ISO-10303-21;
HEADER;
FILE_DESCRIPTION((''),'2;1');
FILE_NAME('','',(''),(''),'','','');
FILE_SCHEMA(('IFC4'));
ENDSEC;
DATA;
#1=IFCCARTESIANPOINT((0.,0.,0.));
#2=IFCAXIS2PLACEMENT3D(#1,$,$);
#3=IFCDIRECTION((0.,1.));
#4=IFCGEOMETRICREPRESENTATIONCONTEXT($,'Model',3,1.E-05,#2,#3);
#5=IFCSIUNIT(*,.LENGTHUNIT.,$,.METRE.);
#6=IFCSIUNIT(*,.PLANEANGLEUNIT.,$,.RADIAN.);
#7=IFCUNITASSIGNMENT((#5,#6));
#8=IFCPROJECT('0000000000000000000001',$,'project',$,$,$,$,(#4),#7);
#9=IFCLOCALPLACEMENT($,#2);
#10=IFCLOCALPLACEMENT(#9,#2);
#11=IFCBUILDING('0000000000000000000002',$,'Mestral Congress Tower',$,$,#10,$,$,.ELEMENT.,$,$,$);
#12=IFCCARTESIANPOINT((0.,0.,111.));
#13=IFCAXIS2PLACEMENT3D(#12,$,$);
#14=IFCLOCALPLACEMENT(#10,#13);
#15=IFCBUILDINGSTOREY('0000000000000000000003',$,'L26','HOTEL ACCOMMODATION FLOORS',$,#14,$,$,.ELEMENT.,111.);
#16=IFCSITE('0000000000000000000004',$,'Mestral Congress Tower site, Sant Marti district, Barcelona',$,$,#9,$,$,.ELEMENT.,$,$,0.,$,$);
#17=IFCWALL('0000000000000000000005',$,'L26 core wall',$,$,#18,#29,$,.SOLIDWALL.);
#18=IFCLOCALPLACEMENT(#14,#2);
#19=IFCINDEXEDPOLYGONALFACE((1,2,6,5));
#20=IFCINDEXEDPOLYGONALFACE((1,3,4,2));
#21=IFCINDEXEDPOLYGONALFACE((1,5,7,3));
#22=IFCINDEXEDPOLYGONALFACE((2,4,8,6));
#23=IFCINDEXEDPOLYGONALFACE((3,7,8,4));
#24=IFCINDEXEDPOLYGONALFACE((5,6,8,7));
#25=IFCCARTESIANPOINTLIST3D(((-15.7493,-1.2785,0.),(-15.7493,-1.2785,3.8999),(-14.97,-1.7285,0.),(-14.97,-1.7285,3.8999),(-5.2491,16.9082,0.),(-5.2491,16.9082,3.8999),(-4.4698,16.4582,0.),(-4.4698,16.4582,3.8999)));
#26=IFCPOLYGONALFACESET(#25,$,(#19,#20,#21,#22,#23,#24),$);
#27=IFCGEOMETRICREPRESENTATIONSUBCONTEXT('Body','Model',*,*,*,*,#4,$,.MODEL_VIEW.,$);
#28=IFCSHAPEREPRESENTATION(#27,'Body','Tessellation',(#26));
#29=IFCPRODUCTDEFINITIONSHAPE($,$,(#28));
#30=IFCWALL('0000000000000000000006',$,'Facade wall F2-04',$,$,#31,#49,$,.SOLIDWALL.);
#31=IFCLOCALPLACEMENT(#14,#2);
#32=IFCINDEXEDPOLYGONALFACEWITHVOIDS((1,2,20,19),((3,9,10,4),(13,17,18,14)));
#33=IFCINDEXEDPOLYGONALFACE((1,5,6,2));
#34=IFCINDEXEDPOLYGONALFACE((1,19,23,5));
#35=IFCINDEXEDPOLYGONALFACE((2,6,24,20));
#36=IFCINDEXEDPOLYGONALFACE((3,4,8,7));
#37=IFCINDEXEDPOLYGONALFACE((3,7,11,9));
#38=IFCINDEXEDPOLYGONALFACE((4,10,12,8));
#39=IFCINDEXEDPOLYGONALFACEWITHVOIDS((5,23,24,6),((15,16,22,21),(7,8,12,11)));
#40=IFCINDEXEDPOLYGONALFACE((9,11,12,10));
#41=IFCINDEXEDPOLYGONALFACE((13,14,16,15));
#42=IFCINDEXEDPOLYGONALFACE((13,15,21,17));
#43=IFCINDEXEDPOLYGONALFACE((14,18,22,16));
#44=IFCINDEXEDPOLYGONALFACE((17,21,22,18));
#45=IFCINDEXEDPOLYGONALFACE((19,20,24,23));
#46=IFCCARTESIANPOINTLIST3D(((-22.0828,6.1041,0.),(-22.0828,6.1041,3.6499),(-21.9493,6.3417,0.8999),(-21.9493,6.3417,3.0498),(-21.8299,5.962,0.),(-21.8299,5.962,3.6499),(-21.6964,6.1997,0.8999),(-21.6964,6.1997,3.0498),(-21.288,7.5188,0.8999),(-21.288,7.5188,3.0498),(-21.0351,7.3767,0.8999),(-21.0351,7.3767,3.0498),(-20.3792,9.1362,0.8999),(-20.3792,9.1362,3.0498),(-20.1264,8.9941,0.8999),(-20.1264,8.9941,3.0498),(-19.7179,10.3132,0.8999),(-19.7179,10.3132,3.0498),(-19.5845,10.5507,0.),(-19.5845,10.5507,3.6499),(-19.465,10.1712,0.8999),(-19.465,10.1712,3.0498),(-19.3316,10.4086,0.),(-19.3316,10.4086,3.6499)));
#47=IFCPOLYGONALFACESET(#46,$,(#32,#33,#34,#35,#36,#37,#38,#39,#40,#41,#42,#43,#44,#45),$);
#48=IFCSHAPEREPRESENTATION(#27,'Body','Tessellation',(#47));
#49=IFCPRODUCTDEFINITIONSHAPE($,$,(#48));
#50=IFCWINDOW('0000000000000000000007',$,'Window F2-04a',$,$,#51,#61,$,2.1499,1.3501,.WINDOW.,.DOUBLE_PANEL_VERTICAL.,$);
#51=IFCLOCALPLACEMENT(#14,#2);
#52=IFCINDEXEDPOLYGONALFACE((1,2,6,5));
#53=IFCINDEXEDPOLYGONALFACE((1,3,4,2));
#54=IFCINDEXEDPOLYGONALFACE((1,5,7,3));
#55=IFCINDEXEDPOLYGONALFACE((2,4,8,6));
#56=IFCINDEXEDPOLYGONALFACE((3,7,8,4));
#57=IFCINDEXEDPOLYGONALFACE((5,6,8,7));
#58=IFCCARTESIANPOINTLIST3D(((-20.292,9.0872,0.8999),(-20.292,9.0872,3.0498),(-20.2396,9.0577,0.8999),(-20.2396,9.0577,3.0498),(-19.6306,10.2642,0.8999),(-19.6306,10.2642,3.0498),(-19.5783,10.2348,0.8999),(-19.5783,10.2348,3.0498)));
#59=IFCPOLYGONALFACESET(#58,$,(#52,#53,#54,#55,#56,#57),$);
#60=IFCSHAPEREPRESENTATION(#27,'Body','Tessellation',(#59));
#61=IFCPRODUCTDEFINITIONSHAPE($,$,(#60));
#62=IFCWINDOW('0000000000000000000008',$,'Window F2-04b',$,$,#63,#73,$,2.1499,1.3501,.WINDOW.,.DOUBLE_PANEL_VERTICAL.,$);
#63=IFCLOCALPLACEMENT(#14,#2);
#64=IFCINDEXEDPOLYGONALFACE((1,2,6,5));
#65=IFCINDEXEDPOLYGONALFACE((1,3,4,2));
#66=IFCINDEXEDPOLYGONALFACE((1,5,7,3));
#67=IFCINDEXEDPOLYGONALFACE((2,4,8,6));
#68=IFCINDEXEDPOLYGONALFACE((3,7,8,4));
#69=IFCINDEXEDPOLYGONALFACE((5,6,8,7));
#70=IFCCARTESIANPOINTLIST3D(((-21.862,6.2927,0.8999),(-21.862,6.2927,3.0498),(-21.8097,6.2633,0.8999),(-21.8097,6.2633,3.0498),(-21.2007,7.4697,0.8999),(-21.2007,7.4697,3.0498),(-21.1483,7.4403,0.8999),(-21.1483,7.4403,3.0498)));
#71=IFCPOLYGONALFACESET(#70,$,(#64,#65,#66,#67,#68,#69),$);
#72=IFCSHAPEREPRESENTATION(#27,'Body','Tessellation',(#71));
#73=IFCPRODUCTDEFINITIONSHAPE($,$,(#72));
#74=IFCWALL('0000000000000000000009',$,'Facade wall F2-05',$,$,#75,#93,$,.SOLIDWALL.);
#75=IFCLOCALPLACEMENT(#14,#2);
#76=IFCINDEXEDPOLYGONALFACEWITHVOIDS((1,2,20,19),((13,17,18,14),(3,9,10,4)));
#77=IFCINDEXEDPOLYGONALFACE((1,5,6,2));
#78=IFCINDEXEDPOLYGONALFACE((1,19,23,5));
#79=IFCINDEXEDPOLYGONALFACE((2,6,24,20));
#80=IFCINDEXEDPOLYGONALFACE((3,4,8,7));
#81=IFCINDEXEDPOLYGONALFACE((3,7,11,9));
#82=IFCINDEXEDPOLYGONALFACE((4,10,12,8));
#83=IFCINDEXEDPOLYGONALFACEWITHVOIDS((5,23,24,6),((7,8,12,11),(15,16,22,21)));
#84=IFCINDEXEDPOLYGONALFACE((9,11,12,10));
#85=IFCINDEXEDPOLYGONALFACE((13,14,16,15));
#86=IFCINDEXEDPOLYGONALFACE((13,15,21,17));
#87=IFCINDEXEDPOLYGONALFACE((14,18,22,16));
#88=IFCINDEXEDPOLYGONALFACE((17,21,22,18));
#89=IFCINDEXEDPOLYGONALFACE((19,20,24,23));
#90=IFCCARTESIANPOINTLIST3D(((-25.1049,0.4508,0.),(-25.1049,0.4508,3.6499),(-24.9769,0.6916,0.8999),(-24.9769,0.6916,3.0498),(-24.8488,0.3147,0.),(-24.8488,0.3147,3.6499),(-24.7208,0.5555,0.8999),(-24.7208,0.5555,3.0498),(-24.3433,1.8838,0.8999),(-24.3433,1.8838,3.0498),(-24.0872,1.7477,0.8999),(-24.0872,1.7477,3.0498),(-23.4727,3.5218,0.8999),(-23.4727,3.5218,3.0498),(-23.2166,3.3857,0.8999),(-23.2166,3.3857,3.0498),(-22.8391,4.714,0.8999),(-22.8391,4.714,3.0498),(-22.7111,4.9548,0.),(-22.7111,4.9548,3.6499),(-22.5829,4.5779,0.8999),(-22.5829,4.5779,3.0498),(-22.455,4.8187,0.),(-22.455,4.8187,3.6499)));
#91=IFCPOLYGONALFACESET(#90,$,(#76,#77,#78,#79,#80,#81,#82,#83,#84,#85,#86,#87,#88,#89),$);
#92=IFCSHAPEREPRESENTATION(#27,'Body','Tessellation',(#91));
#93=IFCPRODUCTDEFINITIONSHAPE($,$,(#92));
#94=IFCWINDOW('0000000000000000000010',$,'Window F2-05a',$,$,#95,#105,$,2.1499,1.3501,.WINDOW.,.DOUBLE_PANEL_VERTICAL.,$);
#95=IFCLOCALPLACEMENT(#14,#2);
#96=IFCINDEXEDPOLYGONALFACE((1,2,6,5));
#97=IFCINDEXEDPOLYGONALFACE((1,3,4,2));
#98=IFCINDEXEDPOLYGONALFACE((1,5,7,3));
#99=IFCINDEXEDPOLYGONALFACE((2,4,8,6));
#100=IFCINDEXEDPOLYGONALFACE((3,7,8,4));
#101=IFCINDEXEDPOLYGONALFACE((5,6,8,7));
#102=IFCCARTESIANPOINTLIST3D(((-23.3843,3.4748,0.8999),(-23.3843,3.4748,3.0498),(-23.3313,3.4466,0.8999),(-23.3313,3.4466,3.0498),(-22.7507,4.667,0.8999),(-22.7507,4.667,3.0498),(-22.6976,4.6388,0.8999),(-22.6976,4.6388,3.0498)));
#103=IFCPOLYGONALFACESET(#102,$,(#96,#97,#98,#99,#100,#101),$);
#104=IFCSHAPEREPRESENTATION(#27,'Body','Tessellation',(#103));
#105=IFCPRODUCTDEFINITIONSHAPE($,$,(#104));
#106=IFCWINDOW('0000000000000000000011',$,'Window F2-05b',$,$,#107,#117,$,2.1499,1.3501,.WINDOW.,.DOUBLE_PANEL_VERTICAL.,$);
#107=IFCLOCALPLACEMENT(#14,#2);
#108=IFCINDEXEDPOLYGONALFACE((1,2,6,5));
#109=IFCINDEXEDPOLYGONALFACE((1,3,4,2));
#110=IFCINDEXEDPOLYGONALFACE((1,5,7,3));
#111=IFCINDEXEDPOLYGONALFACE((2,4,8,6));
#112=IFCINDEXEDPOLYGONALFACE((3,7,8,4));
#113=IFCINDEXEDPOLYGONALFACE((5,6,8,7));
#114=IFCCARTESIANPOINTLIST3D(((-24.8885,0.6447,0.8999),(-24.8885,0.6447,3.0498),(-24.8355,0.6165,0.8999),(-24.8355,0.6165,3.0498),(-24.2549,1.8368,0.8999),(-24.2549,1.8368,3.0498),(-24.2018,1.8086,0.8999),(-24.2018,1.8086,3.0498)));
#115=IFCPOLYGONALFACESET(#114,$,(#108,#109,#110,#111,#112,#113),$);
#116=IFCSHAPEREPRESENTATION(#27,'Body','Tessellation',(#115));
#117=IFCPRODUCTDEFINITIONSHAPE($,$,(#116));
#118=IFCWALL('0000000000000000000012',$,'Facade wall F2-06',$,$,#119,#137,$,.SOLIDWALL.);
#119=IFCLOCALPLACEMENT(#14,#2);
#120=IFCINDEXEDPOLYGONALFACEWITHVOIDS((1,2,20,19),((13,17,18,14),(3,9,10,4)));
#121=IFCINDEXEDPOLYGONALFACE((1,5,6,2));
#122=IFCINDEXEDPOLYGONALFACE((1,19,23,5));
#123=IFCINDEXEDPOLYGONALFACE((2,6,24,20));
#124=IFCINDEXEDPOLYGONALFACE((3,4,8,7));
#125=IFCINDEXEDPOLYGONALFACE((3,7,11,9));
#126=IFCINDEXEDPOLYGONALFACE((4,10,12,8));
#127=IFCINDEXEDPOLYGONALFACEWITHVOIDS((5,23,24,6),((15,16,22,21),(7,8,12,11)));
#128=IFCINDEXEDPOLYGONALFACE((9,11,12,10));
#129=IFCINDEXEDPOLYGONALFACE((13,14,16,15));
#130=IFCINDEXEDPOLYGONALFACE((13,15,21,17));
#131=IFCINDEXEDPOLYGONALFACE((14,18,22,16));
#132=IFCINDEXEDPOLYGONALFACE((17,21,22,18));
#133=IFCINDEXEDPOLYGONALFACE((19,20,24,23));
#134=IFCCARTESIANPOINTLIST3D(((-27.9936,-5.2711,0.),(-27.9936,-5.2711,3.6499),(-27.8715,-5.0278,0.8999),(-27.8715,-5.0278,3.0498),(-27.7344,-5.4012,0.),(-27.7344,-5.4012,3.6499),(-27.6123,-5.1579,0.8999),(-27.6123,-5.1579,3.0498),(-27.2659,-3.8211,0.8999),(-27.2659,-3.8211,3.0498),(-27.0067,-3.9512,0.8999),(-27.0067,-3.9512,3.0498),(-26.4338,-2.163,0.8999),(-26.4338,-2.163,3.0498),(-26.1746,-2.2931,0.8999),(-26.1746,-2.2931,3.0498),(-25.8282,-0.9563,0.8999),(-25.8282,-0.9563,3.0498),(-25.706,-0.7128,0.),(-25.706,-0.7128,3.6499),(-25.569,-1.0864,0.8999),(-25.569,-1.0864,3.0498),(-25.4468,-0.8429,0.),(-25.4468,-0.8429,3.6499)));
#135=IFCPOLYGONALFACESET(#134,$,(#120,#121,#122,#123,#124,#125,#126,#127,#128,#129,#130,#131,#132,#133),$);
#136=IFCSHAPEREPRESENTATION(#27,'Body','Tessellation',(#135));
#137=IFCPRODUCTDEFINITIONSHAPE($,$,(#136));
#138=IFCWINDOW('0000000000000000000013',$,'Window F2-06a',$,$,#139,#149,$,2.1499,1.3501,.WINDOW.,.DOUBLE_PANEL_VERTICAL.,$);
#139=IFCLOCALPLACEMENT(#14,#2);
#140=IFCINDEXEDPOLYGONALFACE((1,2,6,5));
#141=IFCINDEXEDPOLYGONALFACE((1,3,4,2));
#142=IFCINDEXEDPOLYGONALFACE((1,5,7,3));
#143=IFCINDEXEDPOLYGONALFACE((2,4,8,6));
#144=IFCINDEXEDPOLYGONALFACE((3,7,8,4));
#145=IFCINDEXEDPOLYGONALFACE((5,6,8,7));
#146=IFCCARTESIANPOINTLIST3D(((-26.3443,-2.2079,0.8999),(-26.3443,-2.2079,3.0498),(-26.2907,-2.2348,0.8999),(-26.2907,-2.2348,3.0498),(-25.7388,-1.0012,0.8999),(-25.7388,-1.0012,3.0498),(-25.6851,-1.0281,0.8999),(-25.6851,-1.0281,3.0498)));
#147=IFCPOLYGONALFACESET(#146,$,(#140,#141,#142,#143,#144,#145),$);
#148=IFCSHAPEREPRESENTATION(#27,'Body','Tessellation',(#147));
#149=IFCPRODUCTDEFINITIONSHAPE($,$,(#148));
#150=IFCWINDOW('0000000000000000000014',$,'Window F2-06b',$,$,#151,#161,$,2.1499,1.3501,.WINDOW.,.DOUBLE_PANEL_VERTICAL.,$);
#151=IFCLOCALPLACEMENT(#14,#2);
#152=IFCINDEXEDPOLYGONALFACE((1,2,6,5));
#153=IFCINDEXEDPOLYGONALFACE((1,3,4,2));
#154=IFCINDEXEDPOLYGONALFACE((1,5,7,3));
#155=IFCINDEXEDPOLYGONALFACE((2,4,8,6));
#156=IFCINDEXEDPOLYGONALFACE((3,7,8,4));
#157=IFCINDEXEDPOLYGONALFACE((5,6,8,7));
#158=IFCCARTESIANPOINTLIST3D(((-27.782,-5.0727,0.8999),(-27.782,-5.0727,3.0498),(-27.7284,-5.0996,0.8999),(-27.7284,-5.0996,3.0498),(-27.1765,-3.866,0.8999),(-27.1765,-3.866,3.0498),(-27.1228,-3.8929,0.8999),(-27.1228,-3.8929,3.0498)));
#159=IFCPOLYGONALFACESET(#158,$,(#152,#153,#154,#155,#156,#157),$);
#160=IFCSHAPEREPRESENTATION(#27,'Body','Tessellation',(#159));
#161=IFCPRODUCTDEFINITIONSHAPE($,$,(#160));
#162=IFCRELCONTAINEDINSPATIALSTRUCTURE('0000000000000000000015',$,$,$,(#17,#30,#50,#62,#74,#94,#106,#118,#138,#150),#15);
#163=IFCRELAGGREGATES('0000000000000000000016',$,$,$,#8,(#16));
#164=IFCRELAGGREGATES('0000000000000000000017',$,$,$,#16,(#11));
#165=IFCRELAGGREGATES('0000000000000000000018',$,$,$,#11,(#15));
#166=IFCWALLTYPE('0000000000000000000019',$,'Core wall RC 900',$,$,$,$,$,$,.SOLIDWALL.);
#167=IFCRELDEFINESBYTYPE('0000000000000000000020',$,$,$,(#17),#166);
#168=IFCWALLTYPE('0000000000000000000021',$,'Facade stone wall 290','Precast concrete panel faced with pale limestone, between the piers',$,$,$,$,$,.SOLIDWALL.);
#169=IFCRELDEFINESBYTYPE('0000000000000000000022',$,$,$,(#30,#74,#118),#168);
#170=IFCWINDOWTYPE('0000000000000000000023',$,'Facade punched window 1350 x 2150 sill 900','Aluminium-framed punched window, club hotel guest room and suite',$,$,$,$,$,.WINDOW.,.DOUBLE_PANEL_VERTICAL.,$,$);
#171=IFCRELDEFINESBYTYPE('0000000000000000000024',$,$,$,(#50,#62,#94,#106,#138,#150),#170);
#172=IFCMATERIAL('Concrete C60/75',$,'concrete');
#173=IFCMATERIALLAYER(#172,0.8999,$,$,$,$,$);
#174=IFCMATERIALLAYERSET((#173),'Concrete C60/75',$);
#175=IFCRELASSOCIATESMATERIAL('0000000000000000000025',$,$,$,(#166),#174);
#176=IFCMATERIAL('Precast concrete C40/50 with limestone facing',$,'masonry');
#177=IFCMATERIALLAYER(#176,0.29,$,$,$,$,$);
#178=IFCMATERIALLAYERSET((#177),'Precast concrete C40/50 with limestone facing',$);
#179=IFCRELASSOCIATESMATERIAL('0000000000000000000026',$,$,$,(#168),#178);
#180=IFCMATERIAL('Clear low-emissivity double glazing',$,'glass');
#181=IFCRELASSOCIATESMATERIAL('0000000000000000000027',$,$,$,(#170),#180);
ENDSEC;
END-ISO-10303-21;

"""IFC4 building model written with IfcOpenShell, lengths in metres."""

from ifc_helpers import new_model, si_unit, direction, frame, frame_2d, origin, place, context, subcontext, project, spatial, rectangle, extrude, material, layer, layer_set, type_object, element, fill, save


model = new_model("IFC4")

# Units and contexts
model_context = context("Model", 3, precision=1e-05, world=origin(), true_north=direction((0.0, 1.0)))
body_context = subcontext(model_context, "Body", "Model", "MODEL_VIEW")
ifc_project = project(units=[si_unit("LENGTHUNIT", "METRE"), si_unit("PLANEANGLEUNIT", "RADIAN")], contexts=[model_context])

# Site, building, storey
site_placement = place(None, origin())
site = spatial("IfcSite", under=ifc_project, at=site_placement, Name="Mestral Congress Tower site, Sant Marti district, Barcelona", CompositionType="ELEMENT", RefElevation=0.0)
building_placement = place(site_placement, origin())
building = spatial("IfcBuilding", under=site, at=building_placement, Name="Mestral Congress Tower", CompositionType="ELEMENT")
storey_placement = place(building_placement, frame((0.0, 0.0, 111.0)))
storey = spatial("IfcBuildingStorey", under=building, at=storey_placement, Name="L26", Description="HOTEL ACCOMMODATION FLOORS", CompositionType="ELEMENT", Elevation=111.0)

# Wall
ifc_material_1 = material(Name="Concrete C60/75", Category="concrete")
ifc_layer_1 = layer(ifc_material_1, 0.8999)
ifc_layer_set_1 = layer_set([ifc_layer_1], Name="Concrete C60/75")
wall_type_1 = type_object("IfcWallType", Name="Core wall RC 900", PredefinedType="SOLIDWALL", material=ifc_layer_set_1)
wall_1_placement = place(storey_placement, frame((-15.3596, -1.5034, 0.0), z_axis=(0.0, 0.0, 1.0), x_axis=(0.500004, 0.866023, 0.0)))
element("IfcWall", 1, at=wall_1_placement, inside=storey, type_object=wall_type_1, Name="L26 core wall", PredefinedType="SOLIDWALL", context=body_context, shape_type="SweptSolid", body=[
    extrude(rectangle(XDim=21.0002, YDim=0.8999, at=frame_2d((10.5, 0.0))), origin(), (0.0, 0.0, 1.0), 3.8999),
])

# Walls, openings, windows
ifc_material_2 = material(Name="Precast concrete C40/50 with limestone facing", Category="masonry")
ifc_layer_2 = layer(ifc_material_2, 0.29)
ifc_layer_set_2 = layer_set([ifc_layer_2], Name="Precast concrete C40/50 with limestone facing")
wall_type_2 = type_object("IfcWallType", Name="Facade stone wall 290", Description="Precast concrete panel faced with pale limestone, between the piers", PredefinedType="SOLIDWALL", material=ifc_layer_set_2)
wall_2_placement = place(storey_placement, frame((-19.458, 10.4797, 0.0), z_axis=(0.0, 0.0, 1.0), x_axis=(-0.489832, -0.871817, 0.0)))
wall_2 = element("IfcWall", 2, at=wall_2_placement, inside=storey, type_object=wall_type_2, Name="Facade wall F2-04", PredefinedType="SOLIDWALL", context=body_context, shape_type="SweptSolid", body=[
    extrude(rectangle(XDim=5.1003, YDim=0.29, at=frame_2d((2.5503, 0.0))), origin(), (0.0, 0.0, 1.0), 3.6499),
])
opening_1_placement = place(wall_2_placement, frame((0.2725, 0.0, 0.8999)))
opening_1 = element("IfcOpeningElement", 3, at=opening_1_placement, cuts=wall_2, PredefinedType="OPENING", context=body_context, shape_type="SweptSolid", body=[
    extrude(rectangle(XDim=1.3501, YDim=2.1499, at=frame_2d((0.675, 1.075))), frame((0.0, 0.155, 0.0), z_axis=(0.0, -1.0, 0.0), x_axis=(1.0, 0.0, 0.0)), (0.0, 0.0, 1.0), 0.3101),
])
opening_2_placement = place(wall_2_placement, frame((3.4778, 0.0, 0.8999)))
opening_2 = element("IfcOpeningElement", 4, at=opening_2_placement, cuts=wall_2, PredefinedType="OPENING", context=body_context, shape_type="SweptSolid", body=[
    extrude(rectangle(XDim=1.3501, YDim=2.1499, at=frame_2d((0.675, 1.075))), frame((0.0, 0.155, 0.0), z_axis=(0.0, -1.0, 0.0), x_axis=(1.0, 0.0, 0.0)), (0.0, 0.0, 1.0), 0.3101),
])
ifc_material_3 = material(Name="Clear low-emissivity double glazing", Category="glass")
window_type = type_object("IfcWindowType", Name="Facade punched window 1350 x 2150 sill 900", Description="Aluminium-framed punched window, club hotel guest room and suite", PartitioningType="DOUBLE_PANEL_VERTICAL", PredefinedType="WINDOW", material=ifc_material_3)
window_1_placement = place(opening_1_placement, origin())
window_1 = element("IfcWindow", 5, at=window_1_placement, inside=storey, type_object=window_type, Name="Window F2-04a", OverallHeight=2.1499, OverallWidth=1.3501, PartitioningType="DOUBLE_PANEL_VERTICAL", PredefinedType="WINDOW", context=body_context, shape_type="SweptSolid", body=[
    extrude(rectangle(XDim=1.3501, YDim=2.1499, at=frame_2d((0.675, 1.075))), frame((0.0, 0.0151, 0.0), z_axis=(0.0, -1.0, 0.0), x_axis=(1.0, 0.0, 0.0)), (0.0, 0.0, 1.0), 0.0601),
])
fill(opening_1, window_1)
window_2_placement = place(opening_2_placement, origin())
window_2 = element("IfcWindow", 6, at=window_2_placement, inside=storey, type_object=window_type, Name="Window F2-04b", OverallHeight=2.1499, OverallWidth=1.3501, PartitioningType="DOUBLE_PANEL_VERTICAL", PredefinedType="WINDOW", context=body_context, shape_type="SweptSolid", body=[
    extrude(rectangle(XDim=1.3501, YDim=2.1499, at=frame_2d((0.675, 1.075))), frame((0.0, 0.0151, 0.0), z_axis=(0.0, -1.0, 0.0), x_axis=(1.0, 0.0, 0.0)), (0.0, 0.0, 1.0), 0.0601),
])
fill(opening_2, window_2)
wall_3_placement = place(storey_placement, frame((-22.583, 4.8867, 0.0), z_axis=(0.0, 0.0, 1.0), x_axis=(-0.469323, -0.883026, 0.0)))
wall_3 = element("IfcWall", 7, at=wall_3_placement, inside=storey, type_object=wall_type_2, Name="Facade wall F2-05", PredefinedType="SOLIDWALL", context=body_context, shape_type="SweptSolid", body=[
    extrude(rectangle(XDim=5.1006, YDim=0.29, at=frame_2d((2.5503, 0.0))), origin(), (0.0, 0.0, 1.0), 3.6499),
])
opening_3_placement = place(wall_3_placement, frame((0.2727, 0.0, 0.8999)))
opening_3 = element("IfcOpeningElement", 8, at=opening_3_placement, cuts=wall_3, PredefinedType="OPENING", context=body_context, shape_type="SweptSolid", body=[
    extrude(rectangle(XDim=1.3501, YDim=2.1499, at=frame_2d((0.675, 1.075))), frame((0.0, 0.155, 0.0), z_axis=(0.0, -1.0, 0.0), x_axis=(1.0, 0.0, 0.0)), (0.0, 0.0, 1.0), 0.3101),
])
opening_4_placement = place(wall_3_placement, frame((3.4778, 0.0, 0.8999)))
opening_4 = element("IfcOpeningElement", 9, at=opening_4_placement, cuts=wall_3, PredefinedType="OPENING", context=body_context, shape_type="SweptSolid", body=[
    extrude(rectangle(XDim=1.3501, YDim=2.1499, at=frame_2d((0.675, 1.075))), frame((0.0, 0.155, 0.0), z_axis=(0.0, -1.0, 0.0), x_axis=(1.0, 0.0, 0.0)), (0.0, 0.0, 1.0), 0.3101),
])
window_3_placement = place(opening_3_placement, origin())
window_3 = element("IfcWindow", 10, at=window_3_placement, inside=storey, type_object=window_type, Name="Window F2-05a", OverallHeight=2.1499, OverallWidth=1.3501, PartitioningType="DOUBLE_PANEL_VERTICAL", PredefinedType="WINDOW", context=body_context, shape_type="SweptSolid", body=[
    extrude(rectangle(XDim=1.3501, YDim=2.1499, at=frame_2d((0.675, 1.075))), frame((0.0, 0.0151, 0.0), z_axis=(0.0, -1.0, 0.0), x_axis=(1.0, 0.0, 0.0)), (0.0, 0.0, 1.0), 0.0601),
])
fill(opening_3, window_3)
window_4_placement = place(opening_4_placement, origin())
window_4 = element("IfcWindow", 11, at=window_4_placement, inside=storey, type_object=window_type, Name="Window F2-05b", OverallHeight=2.1499, OverallWidth=1.3501, PartitioningType="DOUBLE_PANEL_VERTICAL", PredefinedType="WINDOW", context=body_context, shape_type="SweptSolid", body=[
    extrude(rectangle(XDim=1.3501, YDim=2.1499, at=frame_2d((0.675, 1.075))), frame((0.0, 0.0151, 0.0), z_axis=(0.0, -1.0, 0.0), x_axis=(1.0, 0.0, 0.0)), (0.0, 0.0, 1.0), 0.0601),
])
fill(opening_4, window_4)
wall_4_placement = place(storey_placement, frame((-25.5764, -0.7778, 0.0), z_axis=(0.0, 0.0, 1.0), x_axis=(-0.448534, -0.893766, 0.0)))
wall_4 = element("IfcWall", 12, at=wall_4_placement, inside=storey, type_object=wall_type_2, Name="Facade wall F2-06", PredefinedType="SOLIDWALL", context=body_context, shape_type="SweptSolid", body=[
    extrude(rectangle(XDim=5.1001, YDim=0.29, at=frame_2d((2.55, 0.0))), origin(), (0.0, 0.0, 1.0), 3.6499),
])
opening_5_placement = place(wall_4_placement, frame((0.2725, 0.0, 0.8999)))
opening_5 = element("IfcOpeningElement", 13, at=opening_5_placement, cuts=wall_4, PredefinedType="OPENING", context=body_context, shape_type="SweptSolid", body=[
    extrude(rectangle(XDim=1.3501, YDim=2.1499, at=frame_2d((0.675, 1.075))), frame((0.0, 0.155, 0.0), z_axis=(0.0, -1.0, 0.0), x_axis=(1.0, 0.0, 0.0)), (0.0, 0.0, 1.0), 0.3101),
])
opening_6_placement = place(wall_4_placement, frame((3.4778, 0.0, 0.8999)))
opening_6 = element("IfcOpeningElement", 14, at=opening_6_placement, cuts=wall_4, PredefinedType="OPENING", context=body_context, shape_type="SweptSolid", body=[
    extrude(rectangle(XDim=1.3501, YDim=2.1499, at=frame_2d((0.675, 1.075))), frame((0.0, 0.155, 0.0), z_axis=(0.0, -1.0, 0.0), x_axis=(1.0, 0.0, 0.0)), (0.0, 0.0, 1.0), 0.3101),
])
window_5_placement = place(opening_5_placement, origin())
window_5 = element("IfcWindow", 15, at=window_5_placement, inside=storey, type_object=window_type, Name="Window F2-06a", OverallHeight=2.1499, OverallWidth=1.3501, PartitioningType="DOUBLE_PANEL_VERTICAL", PredefinedType="WINDOW", context=body_context, shape_type="SweptSolid", body=[
    extrude(rectangle(XDim=1.3501, YDim=2.1499, at=frame_2d((0.675, 1.075))), frame((0.0, 0.0151, 0.0), z_axis=(0.0, -1.0, 0.0), x_axis=(1.0, 0.0, 0.0)), (0.0, 0.0, 1.0), 0.0601),
])
fill(opening_5, window_5)
window_6_placement = place(opening_6_placement, origin())
window_6 = element("IfcWindow", 16, at=window_6_placement, inside=storey, type_object=window_type, Name="Window F2-06b", OverallHeight=2.1499, OverallWidth=1.3501, PartitioningType="DOUBLE_PANEL_VERTICAL", PredefinedType="WINDOW", context=body_context, shape_type="SweptSolid", body=[
    extrude(rectangle(XDim=1.3501, YDim=2.1499, at=frame_2d((0.675, 1.075))), frame((0.0, 0.0151, 0.0), z_axis=(0.0, -1.0, 0.0), x_axis=(1.0, 0.0, 0.0)), (0.0, 0.0, 1.0), 0.0601),
])
fill(opening_6, window_6)

save(model, "model.ifc")
